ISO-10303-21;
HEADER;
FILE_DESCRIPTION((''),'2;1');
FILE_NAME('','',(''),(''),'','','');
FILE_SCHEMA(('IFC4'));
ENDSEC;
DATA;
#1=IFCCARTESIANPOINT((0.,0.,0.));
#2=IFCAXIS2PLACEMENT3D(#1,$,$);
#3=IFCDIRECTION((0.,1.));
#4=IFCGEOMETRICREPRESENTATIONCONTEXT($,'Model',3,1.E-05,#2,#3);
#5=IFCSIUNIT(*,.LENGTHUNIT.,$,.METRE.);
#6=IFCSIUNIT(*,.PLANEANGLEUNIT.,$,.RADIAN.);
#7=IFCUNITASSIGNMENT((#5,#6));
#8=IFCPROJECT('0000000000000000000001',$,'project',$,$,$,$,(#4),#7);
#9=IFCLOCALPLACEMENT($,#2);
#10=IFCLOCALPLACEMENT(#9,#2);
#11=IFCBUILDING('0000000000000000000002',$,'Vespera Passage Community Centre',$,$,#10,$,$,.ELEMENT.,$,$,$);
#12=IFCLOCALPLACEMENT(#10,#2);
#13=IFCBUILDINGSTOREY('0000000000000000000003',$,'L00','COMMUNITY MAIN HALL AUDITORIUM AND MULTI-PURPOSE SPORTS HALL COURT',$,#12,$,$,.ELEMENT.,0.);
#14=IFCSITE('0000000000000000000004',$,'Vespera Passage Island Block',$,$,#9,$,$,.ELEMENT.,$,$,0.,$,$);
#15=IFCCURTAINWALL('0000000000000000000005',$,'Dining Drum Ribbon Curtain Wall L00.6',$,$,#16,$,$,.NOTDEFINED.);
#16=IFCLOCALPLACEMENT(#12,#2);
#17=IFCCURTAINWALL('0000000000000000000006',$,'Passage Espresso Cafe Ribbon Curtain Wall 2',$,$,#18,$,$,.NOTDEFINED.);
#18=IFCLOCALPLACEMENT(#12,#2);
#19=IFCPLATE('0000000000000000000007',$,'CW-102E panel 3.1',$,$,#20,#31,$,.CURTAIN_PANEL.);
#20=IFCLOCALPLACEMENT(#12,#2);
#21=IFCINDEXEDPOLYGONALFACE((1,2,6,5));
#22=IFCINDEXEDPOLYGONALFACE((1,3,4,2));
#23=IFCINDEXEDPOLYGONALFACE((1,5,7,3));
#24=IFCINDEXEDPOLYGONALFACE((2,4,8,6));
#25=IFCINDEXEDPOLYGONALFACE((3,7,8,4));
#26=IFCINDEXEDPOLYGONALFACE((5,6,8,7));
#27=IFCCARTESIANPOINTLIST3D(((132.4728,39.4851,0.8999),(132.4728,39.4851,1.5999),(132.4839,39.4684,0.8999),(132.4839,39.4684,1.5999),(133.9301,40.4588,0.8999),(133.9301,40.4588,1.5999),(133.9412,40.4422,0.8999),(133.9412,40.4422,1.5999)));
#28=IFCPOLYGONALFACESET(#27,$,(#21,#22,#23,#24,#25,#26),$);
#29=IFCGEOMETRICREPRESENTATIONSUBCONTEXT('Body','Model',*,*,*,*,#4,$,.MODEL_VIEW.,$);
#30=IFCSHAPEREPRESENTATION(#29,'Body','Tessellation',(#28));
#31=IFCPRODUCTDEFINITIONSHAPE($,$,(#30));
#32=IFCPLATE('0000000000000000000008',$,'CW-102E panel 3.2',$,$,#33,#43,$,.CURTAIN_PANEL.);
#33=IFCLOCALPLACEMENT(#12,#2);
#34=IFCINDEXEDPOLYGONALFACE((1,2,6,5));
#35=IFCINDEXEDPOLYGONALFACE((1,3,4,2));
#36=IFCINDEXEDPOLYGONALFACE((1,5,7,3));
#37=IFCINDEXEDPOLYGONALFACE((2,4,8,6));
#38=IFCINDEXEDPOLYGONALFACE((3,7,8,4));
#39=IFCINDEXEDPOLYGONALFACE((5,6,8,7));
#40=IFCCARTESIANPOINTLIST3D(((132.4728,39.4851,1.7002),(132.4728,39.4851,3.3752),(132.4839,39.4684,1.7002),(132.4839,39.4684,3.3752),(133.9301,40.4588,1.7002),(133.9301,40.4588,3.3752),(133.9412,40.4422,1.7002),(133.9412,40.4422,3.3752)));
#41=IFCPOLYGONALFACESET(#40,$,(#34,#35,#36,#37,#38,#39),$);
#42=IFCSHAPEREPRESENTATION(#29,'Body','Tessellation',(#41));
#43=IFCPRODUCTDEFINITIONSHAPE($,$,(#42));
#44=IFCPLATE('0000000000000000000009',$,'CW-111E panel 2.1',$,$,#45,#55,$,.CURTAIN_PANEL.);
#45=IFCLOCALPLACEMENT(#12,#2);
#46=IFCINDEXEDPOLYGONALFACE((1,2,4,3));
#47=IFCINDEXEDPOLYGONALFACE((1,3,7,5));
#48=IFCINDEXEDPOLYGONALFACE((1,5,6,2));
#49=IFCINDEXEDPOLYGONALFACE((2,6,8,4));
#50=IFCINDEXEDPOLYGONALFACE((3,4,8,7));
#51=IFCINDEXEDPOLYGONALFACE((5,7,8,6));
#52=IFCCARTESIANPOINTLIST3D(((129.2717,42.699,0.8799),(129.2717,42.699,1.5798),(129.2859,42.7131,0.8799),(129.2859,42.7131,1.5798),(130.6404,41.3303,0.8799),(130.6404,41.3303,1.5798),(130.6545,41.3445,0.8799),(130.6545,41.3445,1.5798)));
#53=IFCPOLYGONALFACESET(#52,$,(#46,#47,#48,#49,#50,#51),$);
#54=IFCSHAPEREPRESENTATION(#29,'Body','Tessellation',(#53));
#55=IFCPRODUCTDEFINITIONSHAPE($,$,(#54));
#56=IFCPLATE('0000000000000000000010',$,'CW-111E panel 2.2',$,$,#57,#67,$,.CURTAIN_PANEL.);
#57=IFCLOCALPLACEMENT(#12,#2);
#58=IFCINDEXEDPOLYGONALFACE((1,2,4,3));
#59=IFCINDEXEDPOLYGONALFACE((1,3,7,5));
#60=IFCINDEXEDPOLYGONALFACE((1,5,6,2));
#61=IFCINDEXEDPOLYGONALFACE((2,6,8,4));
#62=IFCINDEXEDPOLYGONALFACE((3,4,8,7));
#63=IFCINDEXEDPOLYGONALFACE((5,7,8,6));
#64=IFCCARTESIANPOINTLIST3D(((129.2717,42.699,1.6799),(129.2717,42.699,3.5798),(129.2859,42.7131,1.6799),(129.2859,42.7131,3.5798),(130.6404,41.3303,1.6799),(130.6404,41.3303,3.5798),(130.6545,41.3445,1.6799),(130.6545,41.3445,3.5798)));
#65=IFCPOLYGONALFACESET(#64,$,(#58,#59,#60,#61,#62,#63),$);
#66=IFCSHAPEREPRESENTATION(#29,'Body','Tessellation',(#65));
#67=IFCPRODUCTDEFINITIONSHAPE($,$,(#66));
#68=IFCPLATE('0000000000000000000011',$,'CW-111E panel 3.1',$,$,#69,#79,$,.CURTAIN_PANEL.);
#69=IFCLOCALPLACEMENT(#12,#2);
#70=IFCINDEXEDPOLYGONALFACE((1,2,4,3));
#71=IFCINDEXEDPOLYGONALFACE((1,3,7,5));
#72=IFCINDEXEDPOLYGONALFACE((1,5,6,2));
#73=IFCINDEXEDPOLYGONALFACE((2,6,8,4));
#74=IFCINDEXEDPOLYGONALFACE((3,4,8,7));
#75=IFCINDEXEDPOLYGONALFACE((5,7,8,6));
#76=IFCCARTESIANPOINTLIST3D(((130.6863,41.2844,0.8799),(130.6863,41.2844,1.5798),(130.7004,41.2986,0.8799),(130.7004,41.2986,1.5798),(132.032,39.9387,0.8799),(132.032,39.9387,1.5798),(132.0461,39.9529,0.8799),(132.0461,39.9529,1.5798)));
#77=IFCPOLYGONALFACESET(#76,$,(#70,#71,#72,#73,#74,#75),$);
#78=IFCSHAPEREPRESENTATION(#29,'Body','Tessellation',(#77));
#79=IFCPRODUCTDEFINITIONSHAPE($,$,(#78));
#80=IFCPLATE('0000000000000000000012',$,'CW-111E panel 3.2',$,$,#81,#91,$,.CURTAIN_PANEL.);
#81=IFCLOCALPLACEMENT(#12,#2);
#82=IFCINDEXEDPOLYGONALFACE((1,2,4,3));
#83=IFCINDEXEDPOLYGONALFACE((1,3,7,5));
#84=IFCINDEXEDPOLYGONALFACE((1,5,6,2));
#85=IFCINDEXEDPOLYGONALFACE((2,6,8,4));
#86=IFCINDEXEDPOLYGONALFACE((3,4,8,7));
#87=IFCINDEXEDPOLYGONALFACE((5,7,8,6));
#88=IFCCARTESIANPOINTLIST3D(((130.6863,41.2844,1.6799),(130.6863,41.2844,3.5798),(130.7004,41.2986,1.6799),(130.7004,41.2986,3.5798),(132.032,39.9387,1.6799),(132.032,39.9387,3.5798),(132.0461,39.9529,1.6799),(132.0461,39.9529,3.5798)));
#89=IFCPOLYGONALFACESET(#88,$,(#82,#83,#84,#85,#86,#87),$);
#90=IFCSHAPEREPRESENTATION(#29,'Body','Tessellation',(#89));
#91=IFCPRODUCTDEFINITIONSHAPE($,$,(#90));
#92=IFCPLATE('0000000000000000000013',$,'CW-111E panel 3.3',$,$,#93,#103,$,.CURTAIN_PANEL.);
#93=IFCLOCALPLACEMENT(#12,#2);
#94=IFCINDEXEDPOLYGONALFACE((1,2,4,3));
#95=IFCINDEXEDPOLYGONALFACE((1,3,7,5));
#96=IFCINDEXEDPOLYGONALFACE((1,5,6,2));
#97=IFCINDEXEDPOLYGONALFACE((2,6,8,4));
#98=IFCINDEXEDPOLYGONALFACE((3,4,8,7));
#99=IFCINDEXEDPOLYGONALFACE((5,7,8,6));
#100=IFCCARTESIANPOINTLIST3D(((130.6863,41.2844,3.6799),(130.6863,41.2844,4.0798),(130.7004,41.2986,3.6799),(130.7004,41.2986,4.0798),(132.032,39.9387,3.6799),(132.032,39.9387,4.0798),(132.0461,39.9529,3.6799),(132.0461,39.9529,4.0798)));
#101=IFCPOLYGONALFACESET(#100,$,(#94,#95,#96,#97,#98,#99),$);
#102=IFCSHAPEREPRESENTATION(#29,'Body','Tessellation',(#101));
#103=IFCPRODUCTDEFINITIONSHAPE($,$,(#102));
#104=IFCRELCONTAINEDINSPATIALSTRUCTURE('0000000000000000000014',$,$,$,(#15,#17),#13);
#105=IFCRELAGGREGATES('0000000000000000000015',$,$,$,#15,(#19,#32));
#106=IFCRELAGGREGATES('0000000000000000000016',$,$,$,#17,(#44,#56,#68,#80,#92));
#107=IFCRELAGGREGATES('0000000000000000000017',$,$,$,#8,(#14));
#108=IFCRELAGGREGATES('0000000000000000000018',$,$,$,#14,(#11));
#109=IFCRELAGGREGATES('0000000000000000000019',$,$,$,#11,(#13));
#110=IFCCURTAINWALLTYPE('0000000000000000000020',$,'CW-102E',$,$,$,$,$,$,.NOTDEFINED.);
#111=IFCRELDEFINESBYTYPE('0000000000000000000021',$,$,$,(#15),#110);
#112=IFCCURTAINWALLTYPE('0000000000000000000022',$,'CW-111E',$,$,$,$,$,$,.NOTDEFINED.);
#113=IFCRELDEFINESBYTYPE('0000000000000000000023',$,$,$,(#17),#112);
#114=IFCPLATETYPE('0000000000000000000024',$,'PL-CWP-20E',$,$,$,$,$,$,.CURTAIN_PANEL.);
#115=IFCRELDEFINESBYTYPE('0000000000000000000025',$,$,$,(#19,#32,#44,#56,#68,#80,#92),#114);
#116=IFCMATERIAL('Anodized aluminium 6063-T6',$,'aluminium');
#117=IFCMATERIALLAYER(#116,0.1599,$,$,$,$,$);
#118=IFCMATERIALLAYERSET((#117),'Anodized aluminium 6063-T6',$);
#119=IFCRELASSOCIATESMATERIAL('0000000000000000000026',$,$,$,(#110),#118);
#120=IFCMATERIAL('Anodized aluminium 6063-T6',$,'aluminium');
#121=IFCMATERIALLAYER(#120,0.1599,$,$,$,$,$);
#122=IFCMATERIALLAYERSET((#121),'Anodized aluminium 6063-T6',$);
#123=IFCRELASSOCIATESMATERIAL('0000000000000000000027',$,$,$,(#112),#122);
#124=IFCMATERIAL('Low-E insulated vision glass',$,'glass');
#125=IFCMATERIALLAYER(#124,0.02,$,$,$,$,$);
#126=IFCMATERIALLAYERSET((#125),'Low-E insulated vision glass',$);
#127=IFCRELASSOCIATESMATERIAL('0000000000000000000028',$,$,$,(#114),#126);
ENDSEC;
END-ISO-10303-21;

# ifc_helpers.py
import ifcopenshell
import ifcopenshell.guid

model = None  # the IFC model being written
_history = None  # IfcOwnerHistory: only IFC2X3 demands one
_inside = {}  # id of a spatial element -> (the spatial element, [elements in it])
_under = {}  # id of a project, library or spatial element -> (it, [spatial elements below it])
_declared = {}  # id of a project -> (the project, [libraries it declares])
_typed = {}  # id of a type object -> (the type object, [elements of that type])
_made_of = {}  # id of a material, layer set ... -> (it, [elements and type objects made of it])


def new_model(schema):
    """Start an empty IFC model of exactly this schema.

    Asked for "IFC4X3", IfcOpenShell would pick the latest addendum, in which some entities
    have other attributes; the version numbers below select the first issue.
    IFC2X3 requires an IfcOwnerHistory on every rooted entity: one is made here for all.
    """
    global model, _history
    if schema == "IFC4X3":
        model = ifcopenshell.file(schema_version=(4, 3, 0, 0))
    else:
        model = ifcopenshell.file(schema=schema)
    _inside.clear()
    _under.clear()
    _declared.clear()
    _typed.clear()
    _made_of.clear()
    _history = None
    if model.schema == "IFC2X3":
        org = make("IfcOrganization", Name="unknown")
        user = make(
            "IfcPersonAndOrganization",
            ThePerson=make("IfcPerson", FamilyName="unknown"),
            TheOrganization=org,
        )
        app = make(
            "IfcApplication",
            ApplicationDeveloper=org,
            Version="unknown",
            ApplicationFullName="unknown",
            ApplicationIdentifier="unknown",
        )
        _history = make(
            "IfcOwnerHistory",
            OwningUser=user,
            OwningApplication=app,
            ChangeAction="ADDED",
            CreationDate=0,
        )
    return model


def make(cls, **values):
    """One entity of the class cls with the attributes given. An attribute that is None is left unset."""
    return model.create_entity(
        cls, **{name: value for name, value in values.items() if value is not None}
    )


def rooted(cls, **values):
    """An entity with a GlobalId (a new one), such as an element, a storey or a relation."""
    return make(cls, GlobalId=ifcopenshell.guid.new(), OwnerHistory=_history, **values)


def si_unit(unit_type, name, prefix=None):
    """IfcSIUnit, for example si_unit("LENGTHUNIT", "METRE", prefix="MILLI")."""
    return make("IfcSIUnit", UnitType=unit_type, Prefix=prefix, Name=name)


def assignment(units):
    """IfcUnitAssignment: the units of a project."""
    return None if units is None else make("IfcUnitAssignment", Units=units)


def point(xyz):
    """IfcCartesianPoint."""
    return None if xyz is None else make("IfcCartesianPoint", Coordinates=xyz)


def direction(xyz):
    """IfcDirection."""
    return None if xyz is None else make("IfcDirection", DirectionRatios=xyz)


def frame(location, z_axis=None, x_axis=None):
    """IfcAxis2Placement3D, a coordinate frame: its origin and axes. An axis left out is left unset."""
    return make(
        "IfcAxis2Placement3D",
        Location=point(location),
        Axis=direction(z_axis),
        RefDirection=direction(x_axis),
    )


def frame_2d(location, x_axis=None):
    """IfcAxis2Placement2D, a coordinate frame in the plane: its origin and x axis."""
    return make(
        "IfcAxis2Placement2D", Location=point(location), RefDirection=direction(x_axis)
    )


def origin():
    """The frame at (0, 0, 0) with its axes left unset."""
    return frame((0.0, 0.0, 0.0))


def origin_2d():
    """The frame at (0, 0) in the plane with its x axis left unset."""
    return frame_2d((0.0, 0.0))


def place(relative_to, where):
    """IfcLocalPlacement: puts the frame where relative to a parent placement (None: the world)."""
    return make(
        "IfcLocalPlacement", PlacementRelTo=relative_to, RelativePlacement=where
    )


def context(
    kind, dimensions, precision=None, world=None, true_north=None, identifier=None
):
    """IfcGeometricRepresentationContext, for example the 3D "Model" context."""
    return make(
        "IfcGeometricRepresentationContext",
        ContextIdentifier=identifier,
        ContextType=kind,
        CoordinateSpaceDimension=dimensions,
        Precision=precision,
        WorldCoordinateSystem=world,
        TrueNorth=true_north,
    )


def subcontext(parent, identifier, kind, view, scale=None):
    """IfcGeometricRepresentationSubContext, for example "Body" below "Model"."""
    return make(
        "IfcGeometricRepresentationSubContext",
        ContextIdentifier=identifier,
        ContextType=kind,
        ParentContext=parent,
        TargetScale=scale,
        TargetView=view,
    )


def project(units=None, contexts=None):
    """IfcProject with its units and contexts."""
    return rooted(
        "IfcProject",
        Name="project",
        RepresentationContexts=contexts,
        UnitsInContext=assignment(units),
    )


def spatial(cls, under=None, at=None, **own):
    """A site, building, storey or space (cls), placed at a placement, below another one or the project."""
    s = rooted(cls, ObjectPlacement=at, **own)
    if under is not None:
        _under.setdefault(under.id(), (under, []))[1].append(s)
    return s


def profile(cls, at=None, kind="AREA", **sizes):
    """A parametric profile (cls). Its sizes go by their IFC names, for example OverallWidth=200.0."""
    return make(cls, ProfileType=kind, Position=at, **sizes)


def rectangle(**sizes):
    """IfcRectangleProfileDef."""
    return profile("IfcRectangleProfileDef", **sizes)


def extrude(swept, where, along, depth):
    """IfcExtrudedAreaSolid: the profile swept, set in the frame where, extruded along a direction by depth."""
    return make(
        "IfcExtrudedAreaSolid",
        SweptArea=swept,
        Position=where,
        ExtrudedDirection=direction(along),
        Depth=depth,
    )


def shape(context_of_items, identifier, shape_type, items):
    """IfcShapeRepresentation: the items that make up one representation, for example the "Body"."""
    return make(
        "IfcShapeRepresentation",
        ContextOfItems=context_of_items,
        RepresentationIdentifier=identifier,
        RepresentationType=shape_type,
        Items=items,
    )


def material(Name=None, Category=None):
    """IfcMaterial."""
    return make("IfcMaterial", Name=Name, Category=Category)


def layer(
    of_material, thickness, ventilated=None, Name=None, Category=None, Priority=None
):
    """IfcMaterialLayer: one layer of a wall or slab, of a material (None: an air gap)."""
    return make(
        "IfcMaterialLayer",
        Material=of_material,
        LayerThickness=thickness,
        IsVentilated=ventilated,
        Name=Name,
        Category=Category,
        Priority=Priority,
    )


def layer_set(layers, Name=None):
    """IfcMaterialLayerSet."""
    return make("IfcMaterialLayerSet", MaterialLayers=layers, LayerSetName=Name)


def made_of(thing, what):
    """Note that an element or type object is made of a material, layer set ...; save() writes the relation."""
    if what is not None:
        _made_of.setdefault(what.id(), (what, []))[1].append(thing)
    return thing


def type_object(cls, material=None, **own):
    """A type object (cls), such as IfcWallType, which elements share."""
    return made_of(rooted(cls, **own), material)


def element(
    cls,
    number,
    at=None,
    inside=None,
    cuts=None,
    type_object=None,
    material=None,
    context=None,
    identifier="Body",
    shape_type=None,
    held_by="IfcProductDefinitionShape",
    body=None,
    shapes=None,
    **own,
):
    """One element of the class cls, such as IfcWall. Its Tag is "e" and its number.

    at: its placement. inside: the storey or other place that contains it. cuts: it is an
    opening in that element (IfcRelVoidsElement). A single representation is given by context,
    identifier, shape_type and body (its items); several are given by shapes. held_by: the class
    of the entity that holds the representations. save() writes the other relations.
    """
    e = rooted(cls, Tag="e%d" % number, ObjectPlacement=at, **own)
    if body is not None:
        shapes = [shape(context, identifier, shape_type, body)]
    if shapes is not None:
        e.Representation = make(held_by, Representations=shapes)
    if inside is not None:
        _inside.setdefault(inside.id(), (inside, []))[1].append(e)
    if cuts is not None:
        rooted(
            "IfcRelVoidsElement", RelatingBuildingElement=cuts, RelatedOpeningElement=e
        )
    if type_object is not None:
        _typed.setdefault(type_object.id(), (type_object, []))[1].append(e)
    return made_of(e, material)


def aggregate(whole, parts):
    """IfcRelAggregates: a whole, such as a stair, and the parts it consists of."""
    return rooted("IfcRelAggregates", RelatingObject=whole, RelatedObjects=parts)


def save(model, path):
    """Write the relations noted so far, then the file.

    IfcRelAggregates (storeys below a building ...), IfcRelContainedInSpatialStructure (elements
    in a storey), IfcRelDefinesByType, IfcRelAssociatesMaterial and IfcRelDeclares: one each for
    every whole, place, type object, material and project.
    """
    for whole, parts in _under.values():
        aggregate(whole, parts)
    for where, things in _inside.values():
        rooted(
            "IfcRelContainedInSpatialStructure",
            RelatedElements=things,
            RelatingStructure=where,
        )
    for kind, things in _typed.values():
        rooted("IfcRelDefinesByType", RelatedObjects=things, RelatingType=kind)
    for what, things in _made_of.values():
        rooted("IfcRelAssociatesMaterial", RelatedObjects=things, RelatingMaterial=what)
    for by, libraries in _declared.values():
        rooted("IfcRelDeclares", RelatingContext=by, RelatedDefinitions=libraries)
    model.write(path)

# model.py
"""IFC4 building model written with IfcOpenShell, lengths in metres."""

from ifc_helpers import new_model, si_unit, direction, frame, origin, origin_2d, place, context, subcontext, project, spatial, rectangle, extrude, material, layer, layer_set, type_object, element, aggregate, save


model = new_model("IFC4")

# Units and contexts
model_context = context("Model", 3, precision=1e-05, world=origin(), true_north=direction((0.0, 1.0)))
body_context = subcontext(model_context, "Body", "Model", "MODEL_VIEW")
ifc_project = project(units=[si_unit("LENGTHUNIT", "METRE"), si_unit("PLANEANGLEUNIT", "RADIAN")], contexts=[model_context])

# Site, building, storey
site_placement = place(None, origin())
site = spatial("IfcSite", under=ifc_project, at=site_placement, Name="Vespera Passage Island Block", CompositionType="ELEMENT", RefElevation=0.0)
building_placement = place(site_placement, origin())
building = spatial("IfcBuilding", under=site, at=building_placement, Name="Vespera Passage Community Centre", CompositionType="ELEMENT")
storey_placement = place(building_placement, origin())
storey = spatial("IfcBuildingStorey", under=building, at=storey_placement, Name="L00", Description="COMMUNITY MAIN HALL AUDITORIUM AND MULTI-PURPOSE SPORTS HALL COURT", CompositionType="ELEMENT", Elevation=0.0)

# Curtain walls
ifc_material_1 = material(Name="Anodized aluminium 6063-T6", Category="aluminium")
ifc_layer_1 = layer(ifc_material_1, 0.1599)
ifc_layer_set_1 = layer_set([ifc_layer_1], Name="Anodized aluminium 6063-T6")
curtain_wall_type_1 = type_object("IfcCurtainWallType", Name="CW-102E", PredefinedType="NOTDEFINED", material=ifc_layer_set_1)
curtain_wall_1_placement = place(storey_placement, origin())
curtain_wall_1 = element("IfcCurtainWall", 1, at=curtain_wall_1_placement, inside=storey, type_object=curtain_wall_type_1, Name="Dining Drum Ribbon Curtain Wall L00.6", PredefinedType="NOTDEFINED")
ifc_material_2 = material(Name="Anodized aluminium 6063-T6", Category="aluminium")
ifc_layer_2 = layer(ifc_material_2, 0.1599)
ifc_layer_set_2 = layer_set([ifc_layer_2], Name="Anodized aluminium 6063-T6")
curtain_wall_type_2 = type_object("IfcCurtainWallType", Name="CW-111E", PredefinedType="NOTDEFINED", material=ifc_layer_set_2)
curtain_wall_2_placement = place(storey_placement, origin())
curtain_wall_2 = element("IfcCurtainWall", 2, at=curtain_wall_2_placement, inside=storey, type_object=curtain_wall_type_2, Name="Passage Espresso Cafe Ribbon Curtain Wall 2", PredefinedType="NOTDEFINED")

# Plates
ifc_material_3 = material(Name="Low-E insulated vision glass", Category="glass")
ifc_layer_3 = layer(ifc_material_3, 0.02)
ifc_layer_set_3 = layer_set([ifc_layer_3], Name="Low-E insulated vision glass")
plate_type = type_object("IfcPlateType", Name="PL-CWP-20E", PredefinedType="CURTAIN_PANEL", material=ifc_layer_set_3)
plate_1_placement = place(storey_placement, frame((133.207, 39.9636, 0.8999), z_axis=(0.0, 0.0, 1.0), x_axis=(0.831473, 0.555565, 0.0)))
plate_1 = element("IfcPlate", 3, at=plate_1_placement, type_object=plate_type, Name="CW-102E panel 3.1", PredefinedType="CURTAIN_PANEL", context=body_context, shape_type="SweptSolid", body=[
    extrude(rectangle(XDim=1.7527, YDim=0.02, at=origin_2d()), origin(), (0.0, 0.0, 1.0), 0.7),
])
plate_2_placement = place(storey_placement, frame((133.207, 39.9636, 1.7002), z_axis=(0.0, 0.0, 1.0), x_axis=(0.831473, 0.555565, 0.0)))
plate_2 = element("IfcPlate", 4, at=plate_2_placement, type_object=plate_type, Name="CW-102E panel 3.2", PredefinedType="CURTAIN_PANEL", context=body_context, shape_type="SweptSolid", body=[
    extrude(rectangle(XDim=1.7527, YDim=0.02, at=origin_2d()), origin(), (0.0, 0.0, 1.0), 1.675),
])
aggregate(curtain_wall_1, [plate_1, plate_2])
plate_3_placement = place(storey_placement, frame((129.9631, 42.0217, 0.8799), z_axis=(0.0, 0.0, 1.0), x_axis=(0.707107, -0.707107, 0.0)))
plate_3 = element("IfcPlate", 5, at=plate_3_placement, type_object=plate_type, Name="CW-111E panel 2.1", PredefinedType="CURTAIN_PANEL", context=body_context, shape_type="SweptSolid", body=[
    extrude(rectangle(XDim=1.9355, YDim=0.02, at=origin_2d()), origin(), (0.0, 0.0, 1.0), 0.7),
])
plate_4_placement = place(storey_placement, frame((129.9631, 42.0217, 1.6799), z_axis=(0.0, 0.0, 1.0), x_axis=(0.707107, -0.707107, 0.0)))
plate_4 = element("IfcPlate", 6, at=plate_4_placement, type_object=plate_type, Name="CW-111E panel 2.2", PredefinedType="CURTAIN_PANEL", context=body_context, shape_type="SweptSolid", body=[
    extrude(rectangle(XDim=1.9355, YDim=0.02, at=origin_2d()), origin(), (0.0, 0.0, 1.0), 1.8999),
])
plate_5_placement = place(storey_placement, frame((131.3662, 40.6187, 0.8799), z_axis=(0.0, 0.0, 1.0), x_axis=(0.707107, -0.707107, 0.0)))
plate_5 = element("IfcPlate", 7, at=plate_5_placement, type_object=plate_type, Name="CW-111E panel 3.1", PredefinedType="CURTAIN_PANEL", context=body_context, shape_type="SweptSolid", body=[
    extrude(rectangle(XDim=1.9031, YDim=0.02, at=origin_2d()), origin(), (0.0, 0.0, 1.0), 0.7),
])
plate_6_placement = place(storey_placement, frame((131.3662, 40.6187, 1.6799), z_axis=(0.0, 0.0, 1.0), x_axis=(0.707107, -0.707107, 0.0)))
plate_6 = element("IfcPlate", 8, at=plate_6_placement, type_object=plate_type, Name="CW-111E panel 3.2", PredefinedType="CURTAIN_PANEL", context=body_context, shape_type="SweptSolid", body=[
    extrude(rectangle(XDim=1.9031, YDim=0.02, at=origin_2d()), origin(), (0.0, 0.0, 1.0), 1.8999),
])
plate_7_placement = place(storey_placement, frame((131.3662, 40.6187, 3.6799), z_axis=(0.0, 0.0, 1.0), x_axis=(0.707107, -0.707107, 0.0)))
plate_7 = element("IfcPlate", 9, at=plate_7_placement, type_object=plate_type, Name="CW-111E panel 3.3", PredefinedType="CURTAIN_PANEL", context=body_context, shape_type="SweptSolid", body=[
    extrude(rectangle(XDim=1.9031, YDim=0.02, at=origin_2d()), origin(), (0.0, 0.0, 1.0), 0.3999),
])
aggregate(curtain_wall_2, [plate_3, plate_4, plate_5, plate_6, plate_7])

save(model, "model.ifc")
